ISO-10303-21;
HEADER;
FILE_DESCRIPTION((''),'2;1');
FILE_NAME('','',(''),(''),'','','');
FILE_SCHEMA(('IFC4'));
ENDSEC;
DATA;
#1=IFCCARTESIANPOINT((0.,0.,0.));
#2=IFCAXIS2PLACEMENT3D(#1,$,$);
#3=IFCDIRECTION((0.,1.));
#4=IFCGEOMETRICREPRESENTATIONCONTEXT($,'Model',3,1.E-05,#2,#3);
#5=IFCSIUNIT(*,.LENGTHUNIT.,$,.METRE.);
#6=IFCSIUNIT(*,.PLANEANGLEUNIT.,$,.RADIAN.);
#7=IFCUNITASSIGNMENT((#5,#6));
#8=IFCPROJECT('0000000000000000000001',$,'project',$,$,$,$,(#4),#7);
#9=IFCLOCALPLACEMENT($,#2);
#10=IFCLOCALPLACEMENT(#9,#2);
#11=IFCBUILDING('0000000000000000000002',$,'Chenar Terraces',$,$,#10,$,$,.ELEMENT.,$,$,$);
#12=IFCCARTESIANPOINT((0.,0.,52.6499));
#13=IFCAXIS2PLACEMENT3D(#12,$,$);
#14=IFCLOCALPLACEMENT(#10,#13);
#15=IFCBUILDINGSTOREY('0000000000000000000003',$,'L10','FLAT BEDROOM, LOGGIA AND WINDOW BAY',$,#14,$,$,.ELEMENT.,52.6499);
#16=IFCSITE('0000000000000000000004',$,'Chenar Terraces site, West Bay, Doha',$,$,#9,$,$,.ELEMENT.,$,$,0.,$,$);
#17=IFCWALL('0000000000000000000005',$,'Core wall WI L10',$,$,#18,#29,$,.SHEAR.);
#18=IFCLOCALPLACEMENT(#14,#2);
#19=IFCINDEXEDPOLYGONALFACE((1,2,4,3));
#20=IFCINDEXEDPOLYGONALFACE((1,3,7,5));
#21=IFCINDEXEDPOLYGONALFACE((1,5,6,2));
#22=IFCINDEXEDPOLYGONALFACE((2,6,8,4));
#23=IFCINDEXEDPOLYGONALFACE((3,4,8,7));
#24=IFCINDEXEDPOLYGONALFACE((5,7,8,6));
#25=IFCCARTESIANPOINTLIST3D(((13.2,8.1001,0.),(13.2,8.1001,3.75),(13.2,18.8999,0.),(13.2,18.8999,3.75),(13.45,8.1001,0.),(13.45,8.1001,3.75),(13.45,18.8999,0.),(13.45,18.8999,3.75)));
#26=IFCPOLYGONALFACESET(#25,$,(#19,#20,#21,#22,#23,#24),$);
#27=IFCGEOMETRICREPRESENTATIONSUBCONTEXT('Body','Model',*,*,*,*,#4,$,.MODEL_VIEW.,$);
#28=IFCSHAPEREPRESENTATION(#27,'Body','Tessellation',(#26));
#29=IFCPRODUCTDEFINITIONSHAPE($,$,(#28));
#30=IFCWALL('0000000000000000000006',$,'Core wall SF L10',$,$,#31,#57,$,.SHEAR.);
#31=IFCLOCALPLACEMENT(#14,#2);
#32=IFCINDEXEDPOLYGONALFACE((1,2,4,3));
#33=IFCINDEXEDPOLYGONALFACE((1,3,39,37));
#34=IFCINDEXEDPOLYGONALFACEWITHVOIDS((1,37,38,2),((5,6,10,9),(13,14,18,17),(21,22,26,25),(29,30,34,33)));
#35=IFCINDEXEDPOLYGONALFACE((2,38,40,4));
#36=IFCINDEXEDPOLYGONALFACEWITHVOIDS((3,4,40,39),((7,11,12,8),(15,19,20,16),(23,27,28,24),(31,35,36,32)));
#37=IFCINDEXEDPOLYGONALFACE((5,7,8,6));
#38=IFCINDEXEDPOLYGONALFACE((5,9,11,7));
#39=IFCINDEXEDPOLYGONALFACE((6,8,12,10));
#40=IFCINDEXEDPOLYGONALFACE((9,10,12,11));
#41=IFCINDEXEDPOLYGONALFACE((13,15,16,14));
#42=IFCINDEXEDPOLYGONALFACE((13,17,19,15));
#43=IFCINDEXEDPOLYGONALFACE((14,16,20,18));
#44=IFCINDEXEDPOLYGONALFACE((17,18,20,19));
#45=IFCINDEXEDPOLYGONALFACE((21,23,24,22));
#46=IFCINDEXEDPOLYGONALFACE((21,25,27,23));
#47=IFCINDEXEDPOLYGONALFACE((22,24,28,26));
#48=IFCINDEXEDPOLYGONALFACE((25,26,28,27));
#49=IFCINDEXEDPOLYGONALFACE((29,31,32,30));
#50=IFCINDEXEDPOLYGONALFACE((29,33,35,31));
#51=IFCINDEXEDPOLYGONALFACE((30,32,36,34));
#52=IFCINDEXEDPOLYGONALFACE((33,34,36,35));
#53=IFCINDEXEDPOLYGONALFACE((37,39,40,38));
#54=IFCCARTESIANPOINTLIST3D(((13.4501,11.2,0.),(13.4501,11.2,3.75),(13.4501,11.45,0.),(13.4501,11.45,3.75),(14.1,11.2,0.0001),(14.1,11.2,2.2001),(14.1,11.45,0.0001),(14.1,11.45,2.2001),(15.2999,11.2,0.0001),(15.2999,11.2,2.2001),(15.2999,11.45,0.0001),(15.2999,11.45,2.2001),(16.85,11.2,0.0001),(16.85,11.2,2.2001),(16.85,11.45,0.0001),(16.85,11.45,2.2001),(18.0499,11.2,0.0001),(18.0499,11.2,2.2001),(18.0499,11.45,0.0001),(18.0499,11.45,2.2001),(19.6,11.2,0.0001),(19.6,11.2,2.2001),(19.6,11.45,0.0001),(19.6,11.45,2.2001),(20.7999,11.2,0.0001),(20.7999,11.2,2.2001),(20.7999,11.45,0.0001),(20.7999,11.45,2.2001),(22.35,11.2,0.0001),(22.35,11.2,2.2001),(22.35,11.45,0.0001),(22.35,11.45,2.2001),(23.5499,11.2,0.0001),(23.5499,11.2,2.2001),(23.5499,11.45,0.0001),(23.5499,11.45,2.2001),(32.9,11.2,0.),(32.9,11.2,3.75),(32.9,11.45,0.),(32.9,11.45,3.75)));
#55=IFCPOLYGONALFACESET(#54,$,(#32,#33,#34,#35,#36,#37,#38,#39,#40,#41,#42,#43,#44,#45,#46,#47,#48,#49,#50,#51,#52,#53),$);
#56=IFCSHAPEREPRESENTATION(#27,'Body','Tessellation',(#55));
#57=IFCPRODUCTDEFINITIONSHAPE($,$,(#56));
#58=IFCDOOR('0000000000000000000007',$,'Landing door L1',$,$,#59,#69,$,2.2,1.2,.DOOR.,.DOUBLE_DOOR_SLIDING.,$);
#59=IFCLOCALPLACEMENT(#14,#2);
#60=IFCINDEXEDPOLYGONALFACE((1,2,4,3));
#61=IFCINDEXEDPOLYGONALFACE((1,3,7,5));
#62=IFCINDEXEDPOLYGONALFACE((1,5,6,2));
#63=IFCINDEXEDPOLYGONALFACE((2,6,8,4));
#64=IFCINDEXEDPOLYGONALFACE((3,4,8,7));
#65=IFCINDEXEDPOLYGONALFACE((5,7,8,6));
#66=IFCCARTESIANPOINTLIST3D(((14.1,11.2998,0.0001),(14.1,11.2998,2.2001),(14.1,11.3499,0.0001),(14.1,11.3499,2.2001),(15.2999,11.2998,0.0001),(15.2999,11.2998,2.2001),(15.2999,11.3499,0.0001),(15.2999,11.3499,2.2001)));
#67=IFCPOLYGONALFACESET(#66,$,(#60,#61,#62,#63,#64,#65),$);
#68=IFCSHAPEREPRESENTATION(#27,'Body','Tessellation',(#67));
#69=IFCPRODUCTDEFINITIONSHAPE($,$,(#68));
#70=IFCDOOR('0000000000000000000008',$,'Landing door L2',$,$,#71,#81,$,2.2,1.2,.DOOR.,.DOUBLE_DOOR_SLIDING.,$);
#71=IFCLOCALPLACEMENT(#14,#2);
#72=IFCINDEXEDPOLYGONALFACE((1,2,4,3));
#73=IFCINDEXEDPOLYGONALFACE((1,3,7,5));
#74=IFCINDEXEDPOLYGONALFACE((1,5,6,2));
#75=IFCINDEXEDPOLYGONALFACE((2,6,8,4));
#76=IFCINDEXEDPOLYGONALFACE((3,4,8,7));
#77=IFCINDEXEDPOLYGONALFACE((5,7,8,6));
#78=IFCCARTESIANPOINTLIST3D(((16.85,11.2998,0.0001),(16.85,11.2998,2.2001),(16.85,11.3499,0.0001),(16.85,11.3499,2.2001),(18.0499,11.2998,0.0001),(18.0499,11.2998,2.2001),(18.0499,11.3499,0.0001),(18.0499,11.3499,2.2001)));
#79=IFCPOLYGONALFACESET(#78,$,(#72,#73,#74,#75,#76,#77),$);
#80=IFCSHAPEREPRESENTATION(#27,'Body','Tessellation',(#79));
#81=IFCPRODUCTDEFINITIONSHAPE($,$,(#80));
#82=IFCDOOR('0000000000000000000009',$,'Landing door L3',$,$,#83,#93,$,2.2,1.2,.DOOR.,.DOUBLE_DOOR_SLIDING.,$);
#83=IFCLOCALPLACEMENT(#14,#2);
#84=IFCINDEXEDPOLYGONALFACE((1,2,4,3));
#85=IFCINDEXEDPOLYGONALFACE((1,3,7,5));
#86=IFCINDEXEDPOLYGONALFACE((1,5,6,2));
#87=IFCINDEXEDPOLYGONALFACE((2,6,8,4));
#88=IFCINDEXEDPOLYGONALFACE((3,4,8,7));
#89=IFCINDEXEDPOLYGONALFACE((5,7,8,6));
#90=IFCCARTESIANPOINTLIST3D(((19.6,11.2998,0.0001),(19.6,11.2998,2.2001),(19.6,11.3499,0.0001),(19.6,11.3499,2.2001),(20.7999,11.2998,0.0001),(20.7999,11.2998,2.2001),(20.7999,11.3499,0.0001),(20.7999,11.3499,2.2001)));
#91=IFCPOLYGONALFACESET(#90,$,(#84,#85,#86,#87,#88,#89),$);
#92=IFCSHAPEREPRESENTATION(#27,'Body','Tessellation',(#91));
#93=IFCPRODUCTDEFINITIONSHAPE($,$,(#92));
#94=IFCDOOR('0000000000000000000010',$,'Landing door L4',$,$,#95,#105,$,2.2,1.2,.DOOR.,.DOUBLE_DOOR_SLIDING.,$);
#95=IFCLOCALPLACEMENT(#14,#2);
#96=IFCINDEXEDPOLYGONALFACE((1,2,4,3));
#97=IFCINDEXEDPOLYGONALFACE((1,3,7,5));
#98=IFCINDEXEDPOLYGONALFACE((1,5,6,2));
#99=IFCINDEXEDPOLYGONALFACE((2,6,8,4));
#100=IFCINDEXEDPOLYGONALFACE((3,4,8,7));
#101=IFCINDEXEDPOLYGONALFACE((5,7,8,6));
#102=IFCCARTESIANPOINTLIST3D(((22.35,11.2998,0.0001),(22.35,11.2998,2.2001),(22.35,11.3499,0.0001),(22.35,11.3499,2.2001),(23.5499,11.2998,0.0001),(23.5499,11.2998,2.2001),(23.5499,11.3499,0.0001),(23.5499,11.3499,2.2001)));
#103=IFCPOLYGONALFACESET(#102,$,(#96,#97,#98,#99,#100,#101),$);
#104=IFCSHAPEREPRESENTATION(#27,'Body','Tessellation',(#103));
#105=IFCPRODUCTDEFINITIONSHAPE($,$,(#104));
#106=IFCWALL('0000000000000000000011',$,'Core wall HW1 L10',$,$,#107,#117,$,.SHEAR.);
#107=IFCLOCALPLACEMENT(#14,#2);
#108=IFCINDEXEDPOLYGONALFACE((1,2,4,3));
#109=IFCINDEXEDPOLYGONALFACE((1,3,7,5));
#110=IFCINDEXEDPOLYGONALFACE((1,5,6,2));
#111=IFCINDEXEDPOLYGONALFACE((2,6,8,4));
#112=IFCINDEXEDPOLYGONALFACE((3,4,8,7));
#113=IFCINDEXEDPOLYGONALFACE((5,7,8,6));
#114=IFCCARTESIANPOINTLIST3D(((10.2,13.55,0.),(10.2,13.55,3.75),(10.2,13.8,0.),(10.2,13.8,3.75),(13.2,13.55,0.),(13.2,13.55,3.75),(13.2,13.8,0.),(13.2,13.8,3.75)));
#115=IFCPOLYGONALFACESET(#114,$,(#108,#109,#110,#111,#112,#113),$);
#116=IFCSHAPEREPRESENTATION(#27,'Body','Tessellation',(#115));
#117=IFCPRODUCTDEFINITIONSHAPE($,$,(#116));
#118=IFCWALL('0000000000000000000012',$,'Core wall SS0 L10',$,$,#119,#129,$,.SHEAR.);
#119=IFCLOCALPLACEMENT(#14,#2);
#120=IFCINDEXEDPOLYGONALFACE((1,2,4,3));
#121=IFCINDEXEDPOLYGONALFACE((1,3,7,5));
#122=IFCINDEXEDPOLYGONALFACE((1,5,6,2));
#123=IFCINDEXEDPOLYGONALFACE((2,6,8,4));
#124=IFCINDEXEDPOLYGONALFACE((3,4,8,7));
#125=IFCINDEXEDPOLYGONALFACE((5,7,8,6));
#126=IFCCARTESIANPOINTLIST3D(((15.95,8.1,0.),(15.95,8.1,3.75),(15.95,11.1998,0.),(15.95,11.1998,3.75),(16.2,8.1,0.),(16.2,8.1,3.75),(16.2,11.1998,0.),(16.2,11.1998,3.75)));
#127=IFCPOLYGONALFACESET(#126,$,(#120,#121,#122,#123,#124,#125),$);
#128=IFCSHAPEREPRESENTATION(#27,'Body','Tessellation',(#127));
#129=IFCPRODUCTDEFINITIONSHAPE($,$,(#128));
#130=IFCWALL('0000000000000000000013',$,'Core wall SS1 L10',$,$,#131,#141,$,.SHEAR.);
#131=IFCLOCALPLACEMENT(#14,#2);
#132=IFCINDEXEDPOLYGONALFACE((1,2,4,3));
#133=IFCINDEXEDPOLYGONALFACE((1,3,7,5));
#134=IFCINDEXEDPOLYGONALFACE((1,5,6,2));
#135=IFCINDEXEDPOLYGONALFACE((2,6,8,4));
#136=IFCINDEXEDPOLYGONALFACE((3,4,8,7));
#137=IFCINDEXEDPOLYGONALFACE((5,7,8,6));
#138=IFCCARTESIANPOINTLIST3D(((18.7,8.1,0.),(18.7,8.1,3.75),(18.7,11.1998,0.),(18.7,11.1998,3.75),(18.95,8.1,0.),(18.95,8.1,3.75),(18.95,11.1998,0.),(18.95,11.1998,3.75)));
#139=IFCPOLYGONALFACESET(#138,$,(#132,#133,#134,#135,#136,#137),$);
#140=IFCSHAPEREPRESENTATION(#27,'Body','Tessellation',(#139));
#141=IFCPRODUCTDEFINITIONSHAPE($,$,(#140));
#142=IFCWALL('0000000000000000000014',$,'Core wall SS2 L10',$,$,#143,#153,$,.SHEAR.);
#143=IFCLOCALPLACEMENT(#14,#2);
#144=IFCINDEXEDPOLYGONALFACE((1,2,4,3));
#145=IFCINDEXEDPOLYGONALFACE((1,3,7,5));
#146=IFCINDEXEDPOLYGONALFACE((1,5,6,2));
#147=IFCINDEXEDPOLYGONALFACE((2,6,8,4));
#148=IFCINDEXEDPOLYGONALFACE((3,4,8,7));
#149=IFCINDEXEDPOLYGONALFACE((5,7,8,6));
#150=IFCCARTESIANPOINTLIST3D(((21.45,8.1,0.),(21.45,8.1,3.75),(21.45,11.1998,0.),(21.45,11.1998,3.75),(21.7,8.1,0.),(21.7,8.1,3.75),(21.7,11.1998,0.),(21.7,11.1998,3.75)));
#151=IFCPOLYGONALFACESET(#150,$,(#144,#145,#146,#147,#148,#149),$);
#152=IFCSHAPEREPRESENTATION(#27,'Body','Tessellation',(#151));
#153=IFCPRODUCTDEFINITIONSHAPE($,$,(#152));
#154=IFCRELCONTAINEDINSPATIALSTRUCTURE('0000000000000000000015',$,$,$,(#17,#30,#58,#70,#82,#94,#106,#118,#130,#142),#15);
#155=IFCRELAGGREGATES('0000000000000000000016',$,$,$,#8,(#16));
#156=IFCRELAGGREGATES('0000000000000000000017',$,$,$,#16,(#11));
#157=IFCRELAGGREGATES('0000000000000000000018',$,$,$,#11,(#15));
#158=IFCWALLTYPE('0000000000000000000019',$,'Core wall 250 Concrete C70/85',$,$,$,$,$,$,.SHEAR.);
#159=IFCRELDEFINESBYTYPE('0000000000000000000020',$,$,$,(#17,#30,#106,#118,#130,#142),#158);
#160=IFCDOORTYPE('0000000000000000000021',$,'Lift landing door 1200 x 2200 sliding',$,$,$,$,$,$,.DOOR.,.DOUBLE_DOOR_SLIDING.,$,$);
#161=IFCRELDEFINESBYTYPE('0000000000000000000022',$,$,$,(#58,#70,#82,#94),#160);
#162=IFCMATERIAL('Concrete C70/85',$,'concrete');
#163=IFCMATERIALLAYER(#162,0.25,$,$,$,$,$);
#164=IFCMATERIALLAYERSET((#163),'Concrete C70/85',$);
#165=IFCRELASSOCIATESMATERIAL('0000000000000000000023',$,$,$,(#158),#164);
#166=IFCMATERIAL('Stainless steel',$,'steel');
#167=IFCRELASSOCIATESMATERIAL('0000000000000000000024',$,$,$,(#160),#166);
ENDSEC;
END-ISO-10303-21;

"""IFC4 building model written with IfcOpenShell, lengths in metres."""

from ifc_helpers import new_model, si_unit, direction, frame, frame_2d, origin, place, context, subcontext, project, spatial, rectangle, extrude, material, layer, layer_set, type_object, element, fill, save


model = new_model("IFC4")

# Units and contexts
model_context = context("Model", 3, precision=1e-05, world=origin(), true_north=direction((0.0, 1.0)))
body_context = subcontext(model_context, "Body", "Model", "MODEL_VIEW")
ifc_project = project(units=[si_unit("LENGTHUNIT", "METRE"), si_unit("PLANEANGLEUNIT", "RADIAN")], contexts=[model_context])

# Site, building, storey
site_placement = place(None, origin())
site = spatial("IfcSite", under=ifc_project, at=site_placement, Name="Chenar Terraces site, West Bay, Doha", CompositionType="ELEMENT", RefElevation=0.0)
building_placement = place(site_placement, origin())
building = spatial("IfcBuilding", under=site, at=building_placement, Name="Chenar Terraces", CompositionType="ELEMENT")
storey_placement = place(building_placement, frame((0.0, 0.0, 52.6499)))
storey = spatial("IfcBuildingStorey", under=building, at=storey_placement, Name="L10", Description="FLAT BEDROOM, LOGGIA AND WINDOW BAY", CompositionType="ELEMENT", Elevation=52.6499)

# Wall
ifc_material_1 = material(Name="Concrete C70/85", Category="concrete")
ifc_layer_1 = layer(ifc_material_1, 0.25)
ifc_layer_set_1 = layer_set([ifc_layer_1], Name="Concrete C70/85")
wall_type_1 = type_object("IfcWallType", Name="Core wall 250 Concrete C70/85", PredefinedType="SHEAR", material=ifc_layer_set_1)
wall_1_placement = place(storey_placement, frame((13.325, 8.1001, 0.0), z_axis=(0.0, 0.0, 1.0), x_axis=(0.0, 1.0, 0.0)))
element("IfcWall", 1, at=wall_1_placement, inside=storey, type_object=wall_type_1, Name="Core wall WI L10", PredefinedType="SHEAR", context=body_context, shape_type="SweptSolid", body=[
    extrude(rectangle(XDim=10.7998, YDim=0.25, at=frame_2d((5.3999, 0.0))), origin(), (0.0, 0.0, 1.0), 3.75),
])

# Wall, openings, doors
wall_2_placement = place(storey_placement, frame((13.45, 11.325, 0.0), z_axis=(0.0, 0.0, 1.0), x_axis=(1.0, 0.0, 0.0)))
wall_2 = element("IfcWall", 2, at=wall_2_placement, inside=storey, type_object=wall_type_1, Name="Core wall SF L10", PredefinedType="SHEAR", context=body_context, shape_type="SweptSolid", body=[
    extrude(rectangle(XDim=19.45, YDim=0.25, at=frame_2d((9.7251, 0.0))), origin(), (0.0, 0.0, 1.0), 3.75),
])
opening_1_placement = place(wall_2_placement, frame((0.6499, 0.0, 0.0)))
opening_1 = element("IfcOpeningElement", 3, at=opening_1_placement, cuts=wall_2, PredefinedType="OPENING", context=body_context, shape_type="SweptSolid", body=[
    extrude(rectangle(XDim=1.2, YDim=2.2, at=frame_2d((0.6001, 1.1001))), frame((0.0, 0.135, 0.0), z_axis=(0.0, -1.0, 0.0), x_axis=(1.0, 0.0, 0.0)), (0.0, 0.0, 1.0), 0.27),
])
opening_2_placement = place(wall_2_placement, frame((3.3999, 0.0, 0.0)))
opening_2 = element("IfcOpeningElement", 4, at=opening_2_placement, cuts=wall_2, PredefinedType="OPENING", context=body_context, shape_type="SweptSolid", body=[
    extrude(rectangle(XDim=1.2, YDim=2.2, at=frame_2d((0.6001, 1.1001))), frame((0.0, 0.135, 0.0), z_axis=(0.0, -1.0, 0.0), x_axis=(1.0, 0.0, 0.0)), (0.0, 0.0, 1.0), 0.27),
])
opening_3_placement = place(wall_2_placement, frame((6.1499, 0.0, 0.0)))
opening_3 = element("IfcOpeningElement", 5, at=opening_3_placement, cuts=wall_2, PredefinedType="OPENING", context=body_context, shape_type="SweptSolid", body=[
    extrude(rectangle(XDim=1.2, YDim=2.2, at=frame_2d((0.6001, 1.1001))), frame((0.0, 0.135, 0.0), z_axis=(0.0, -1.0, 0.0), x_axis=(1.0, 0.0, 0.0)), (0.0, 0.0, 1.0), 0.27),
])
opening_4_placement = place(wall_2_placement, frame((8.8999, 0.0, 0.0)))
opening_4 = element("IfcOpeningElement", 6, at=opening_4_placement, cuts=wall_2, PredefinedType="OPENING", context=body_context, shape_type="SweptSolid", body=[
    extrude(rectangle(XDim=1.2, YDim=2.2, at=frame_2d((0.6001, 1.1001))), frame((0.0, 0.135, 0.0), z_axis=(0.0, -1.0, 0.0), x_axis=(1.0, 0.0, 0.0)), (0.0, 0.0, 1.0), 0.27),
])
ifc_material_2 = material(Name="Stainless steel", Category="steel")
door_type_1 = type_object("IfcDoorType", Name="Lift landing door 1200 x 2200 sliding", OperationType="DOUBLE_DOOR_SLIDING", PredefinedType="DOOR", material=ifc_material_2)
door_1_placement = place(opening_1_placement, origin())
door_1 = element("IfcDoor", 7, at=door_1_placement, inside=storey, type_object=door_type_1, Name="Landing door L1", OperationType="DOUBLE_DOOR_SLIDING", OverallHeight=2.2, OverallWidth=1.2, PredefinedType="DOOR", context=body_context, shape_type="SweptSolid", body=[
    extrude(rectangle(XDim=1.2, YDim=2.2, at=frame_2d((0.6001, 1.1001))), frame((0.0, 0.0249, 0.0), z_axis=(0.0, -1.0, 0.0), x_axis=(1.0, 0.0, 0.0)), (0.0, 0.0, 1.0), 0.05),
])
fill(opening_1, door_1)
door_2_placement = place(opening_2_placement, origin())
door_2 = element("IfcDoor", 8, at=door_2_placement, inside=storey, type_object=door_type_1, Name="Landing door L2", OperationType="DOUBLE_DOOR_SLIDING", OverallHeight=2.2, OverallWidth=1.2, PredefinedType="DOOR", context=body_context, shape_type="SweptSolid", body=[
    extrude(rectangle(XDim=1.2, YDim=2.2, at=frame_2d((0.6001, 1.1001))), frame((0.0, 0.0249, 0.0), z_axis=(0.0, -1.0, 0.0), x_axis=(1.0, 0.0, 0.0)), (0.0, 0.0, 1.0), 0.05),
])
fill(opening_2, door_2)
door_3_placement = place(opening_3_placement, origin())
door_3 = element("IfcDoor", 9, at=door_3_placement, inside=storey, type_object=door_type_1, Name="Landing door L3", OperationType="DOUBLE_DOOR_SLIDING", OverallHeight=2.2, OverallWidth=1.2, PredefinedType="DOOR", context=body_context, shape_type="SweptSolid", body=[
    extrude(rectangle(XDim=1.2, YDim=2.2, at=frame_2d((0.6001, 1.1001))), frame((0.0, 0.0249, 0.0), z_axis=(0.0, -1.0, 0.0), x_axis=(1.0, 0.0, 0.0)), (0.0, 0.0, 1.0), 0.05),
])
fill(opening_3, door_3)
door_4_placement = place(opening_4_placement, origin())
door_4 = element("IfcDoor", 10, at=door_4_placement, inside=storey, type_object=door_type_1, Name="Landing door L4", OperationType="DOUBLE_DOOR_SLIDING", OverallHeight=2.2, OverallWidth=1.2, PredefinedType="DOOR", context=body_context, shape_type="SweptSolid", body=[
    extrude(rectangle(XDim=1.2, YDim=2.2, at=frame_2d((0.6001, 1.1001))), frame((0.0, 0.0249, 0.0), z_axis=(0.0, -1.0, 0.0), x_axis=(1.0, 0.0, 0.0)), (0.0, 0.0, 1.0), 0.05),
])
fill(opening_4, door_4)

# Walls
wall_3_placement = place(storey_placement, frame((10.2, 13.675, 0.0), z_axis=(0.0, 0.0, 1.0), x_axis=(1.0, 0.0, 0.0)))
element("IfcWall", 11, at=wall_3_placement, inside=storey, type_object=wall_type_1, Name="Core wall HW1 L10", PredefinedType="SHEAR", context=body_context, shape_type="SweptSolid", body=[
    extrude(rectangle(XDim=3.0, YDim=0.25, at=frame_2d((1.5, 0.0))), origin(), (0.0, 0.0, 1.0), 3.75),
])
for number, where, z_axis, x_axis, name in (
    (12, (16.075, 8.1001, 0.0), (0.0, 0.0, 1.0), (0.0, 1.0, 0.0), "Core wall SS0 L10"),
    (13, (18.825, 8.1001, 0.0), (0.0, 0.0, 1.0), (0.0, 1.0, 0.0), "Core wall SS1 L10"),
    (14, (21.575, 8.1001, 0.0), (0.0, 0.0, 1.0), (0.0, 1.0, 0.0), "Core wall SS2 L10"),
):
    element("IfcWall", number, at=place(storey_placement, frame(where, z_axis=z_axis, x_axis=x_axis)), inside=storey, type_object=wall_type_1, Name=name, PredefinedType="SHEAR", context=body_context, shape_type="SweptSolid", body=[
        extrude(rectangle(XDim=3.0999, YDim=0.25, at=frame_2d((1.5498, 0.0))), origin(), (0.0, 0.0, 1.0), 3.75),
    ])

save(model, "model.ifc")
